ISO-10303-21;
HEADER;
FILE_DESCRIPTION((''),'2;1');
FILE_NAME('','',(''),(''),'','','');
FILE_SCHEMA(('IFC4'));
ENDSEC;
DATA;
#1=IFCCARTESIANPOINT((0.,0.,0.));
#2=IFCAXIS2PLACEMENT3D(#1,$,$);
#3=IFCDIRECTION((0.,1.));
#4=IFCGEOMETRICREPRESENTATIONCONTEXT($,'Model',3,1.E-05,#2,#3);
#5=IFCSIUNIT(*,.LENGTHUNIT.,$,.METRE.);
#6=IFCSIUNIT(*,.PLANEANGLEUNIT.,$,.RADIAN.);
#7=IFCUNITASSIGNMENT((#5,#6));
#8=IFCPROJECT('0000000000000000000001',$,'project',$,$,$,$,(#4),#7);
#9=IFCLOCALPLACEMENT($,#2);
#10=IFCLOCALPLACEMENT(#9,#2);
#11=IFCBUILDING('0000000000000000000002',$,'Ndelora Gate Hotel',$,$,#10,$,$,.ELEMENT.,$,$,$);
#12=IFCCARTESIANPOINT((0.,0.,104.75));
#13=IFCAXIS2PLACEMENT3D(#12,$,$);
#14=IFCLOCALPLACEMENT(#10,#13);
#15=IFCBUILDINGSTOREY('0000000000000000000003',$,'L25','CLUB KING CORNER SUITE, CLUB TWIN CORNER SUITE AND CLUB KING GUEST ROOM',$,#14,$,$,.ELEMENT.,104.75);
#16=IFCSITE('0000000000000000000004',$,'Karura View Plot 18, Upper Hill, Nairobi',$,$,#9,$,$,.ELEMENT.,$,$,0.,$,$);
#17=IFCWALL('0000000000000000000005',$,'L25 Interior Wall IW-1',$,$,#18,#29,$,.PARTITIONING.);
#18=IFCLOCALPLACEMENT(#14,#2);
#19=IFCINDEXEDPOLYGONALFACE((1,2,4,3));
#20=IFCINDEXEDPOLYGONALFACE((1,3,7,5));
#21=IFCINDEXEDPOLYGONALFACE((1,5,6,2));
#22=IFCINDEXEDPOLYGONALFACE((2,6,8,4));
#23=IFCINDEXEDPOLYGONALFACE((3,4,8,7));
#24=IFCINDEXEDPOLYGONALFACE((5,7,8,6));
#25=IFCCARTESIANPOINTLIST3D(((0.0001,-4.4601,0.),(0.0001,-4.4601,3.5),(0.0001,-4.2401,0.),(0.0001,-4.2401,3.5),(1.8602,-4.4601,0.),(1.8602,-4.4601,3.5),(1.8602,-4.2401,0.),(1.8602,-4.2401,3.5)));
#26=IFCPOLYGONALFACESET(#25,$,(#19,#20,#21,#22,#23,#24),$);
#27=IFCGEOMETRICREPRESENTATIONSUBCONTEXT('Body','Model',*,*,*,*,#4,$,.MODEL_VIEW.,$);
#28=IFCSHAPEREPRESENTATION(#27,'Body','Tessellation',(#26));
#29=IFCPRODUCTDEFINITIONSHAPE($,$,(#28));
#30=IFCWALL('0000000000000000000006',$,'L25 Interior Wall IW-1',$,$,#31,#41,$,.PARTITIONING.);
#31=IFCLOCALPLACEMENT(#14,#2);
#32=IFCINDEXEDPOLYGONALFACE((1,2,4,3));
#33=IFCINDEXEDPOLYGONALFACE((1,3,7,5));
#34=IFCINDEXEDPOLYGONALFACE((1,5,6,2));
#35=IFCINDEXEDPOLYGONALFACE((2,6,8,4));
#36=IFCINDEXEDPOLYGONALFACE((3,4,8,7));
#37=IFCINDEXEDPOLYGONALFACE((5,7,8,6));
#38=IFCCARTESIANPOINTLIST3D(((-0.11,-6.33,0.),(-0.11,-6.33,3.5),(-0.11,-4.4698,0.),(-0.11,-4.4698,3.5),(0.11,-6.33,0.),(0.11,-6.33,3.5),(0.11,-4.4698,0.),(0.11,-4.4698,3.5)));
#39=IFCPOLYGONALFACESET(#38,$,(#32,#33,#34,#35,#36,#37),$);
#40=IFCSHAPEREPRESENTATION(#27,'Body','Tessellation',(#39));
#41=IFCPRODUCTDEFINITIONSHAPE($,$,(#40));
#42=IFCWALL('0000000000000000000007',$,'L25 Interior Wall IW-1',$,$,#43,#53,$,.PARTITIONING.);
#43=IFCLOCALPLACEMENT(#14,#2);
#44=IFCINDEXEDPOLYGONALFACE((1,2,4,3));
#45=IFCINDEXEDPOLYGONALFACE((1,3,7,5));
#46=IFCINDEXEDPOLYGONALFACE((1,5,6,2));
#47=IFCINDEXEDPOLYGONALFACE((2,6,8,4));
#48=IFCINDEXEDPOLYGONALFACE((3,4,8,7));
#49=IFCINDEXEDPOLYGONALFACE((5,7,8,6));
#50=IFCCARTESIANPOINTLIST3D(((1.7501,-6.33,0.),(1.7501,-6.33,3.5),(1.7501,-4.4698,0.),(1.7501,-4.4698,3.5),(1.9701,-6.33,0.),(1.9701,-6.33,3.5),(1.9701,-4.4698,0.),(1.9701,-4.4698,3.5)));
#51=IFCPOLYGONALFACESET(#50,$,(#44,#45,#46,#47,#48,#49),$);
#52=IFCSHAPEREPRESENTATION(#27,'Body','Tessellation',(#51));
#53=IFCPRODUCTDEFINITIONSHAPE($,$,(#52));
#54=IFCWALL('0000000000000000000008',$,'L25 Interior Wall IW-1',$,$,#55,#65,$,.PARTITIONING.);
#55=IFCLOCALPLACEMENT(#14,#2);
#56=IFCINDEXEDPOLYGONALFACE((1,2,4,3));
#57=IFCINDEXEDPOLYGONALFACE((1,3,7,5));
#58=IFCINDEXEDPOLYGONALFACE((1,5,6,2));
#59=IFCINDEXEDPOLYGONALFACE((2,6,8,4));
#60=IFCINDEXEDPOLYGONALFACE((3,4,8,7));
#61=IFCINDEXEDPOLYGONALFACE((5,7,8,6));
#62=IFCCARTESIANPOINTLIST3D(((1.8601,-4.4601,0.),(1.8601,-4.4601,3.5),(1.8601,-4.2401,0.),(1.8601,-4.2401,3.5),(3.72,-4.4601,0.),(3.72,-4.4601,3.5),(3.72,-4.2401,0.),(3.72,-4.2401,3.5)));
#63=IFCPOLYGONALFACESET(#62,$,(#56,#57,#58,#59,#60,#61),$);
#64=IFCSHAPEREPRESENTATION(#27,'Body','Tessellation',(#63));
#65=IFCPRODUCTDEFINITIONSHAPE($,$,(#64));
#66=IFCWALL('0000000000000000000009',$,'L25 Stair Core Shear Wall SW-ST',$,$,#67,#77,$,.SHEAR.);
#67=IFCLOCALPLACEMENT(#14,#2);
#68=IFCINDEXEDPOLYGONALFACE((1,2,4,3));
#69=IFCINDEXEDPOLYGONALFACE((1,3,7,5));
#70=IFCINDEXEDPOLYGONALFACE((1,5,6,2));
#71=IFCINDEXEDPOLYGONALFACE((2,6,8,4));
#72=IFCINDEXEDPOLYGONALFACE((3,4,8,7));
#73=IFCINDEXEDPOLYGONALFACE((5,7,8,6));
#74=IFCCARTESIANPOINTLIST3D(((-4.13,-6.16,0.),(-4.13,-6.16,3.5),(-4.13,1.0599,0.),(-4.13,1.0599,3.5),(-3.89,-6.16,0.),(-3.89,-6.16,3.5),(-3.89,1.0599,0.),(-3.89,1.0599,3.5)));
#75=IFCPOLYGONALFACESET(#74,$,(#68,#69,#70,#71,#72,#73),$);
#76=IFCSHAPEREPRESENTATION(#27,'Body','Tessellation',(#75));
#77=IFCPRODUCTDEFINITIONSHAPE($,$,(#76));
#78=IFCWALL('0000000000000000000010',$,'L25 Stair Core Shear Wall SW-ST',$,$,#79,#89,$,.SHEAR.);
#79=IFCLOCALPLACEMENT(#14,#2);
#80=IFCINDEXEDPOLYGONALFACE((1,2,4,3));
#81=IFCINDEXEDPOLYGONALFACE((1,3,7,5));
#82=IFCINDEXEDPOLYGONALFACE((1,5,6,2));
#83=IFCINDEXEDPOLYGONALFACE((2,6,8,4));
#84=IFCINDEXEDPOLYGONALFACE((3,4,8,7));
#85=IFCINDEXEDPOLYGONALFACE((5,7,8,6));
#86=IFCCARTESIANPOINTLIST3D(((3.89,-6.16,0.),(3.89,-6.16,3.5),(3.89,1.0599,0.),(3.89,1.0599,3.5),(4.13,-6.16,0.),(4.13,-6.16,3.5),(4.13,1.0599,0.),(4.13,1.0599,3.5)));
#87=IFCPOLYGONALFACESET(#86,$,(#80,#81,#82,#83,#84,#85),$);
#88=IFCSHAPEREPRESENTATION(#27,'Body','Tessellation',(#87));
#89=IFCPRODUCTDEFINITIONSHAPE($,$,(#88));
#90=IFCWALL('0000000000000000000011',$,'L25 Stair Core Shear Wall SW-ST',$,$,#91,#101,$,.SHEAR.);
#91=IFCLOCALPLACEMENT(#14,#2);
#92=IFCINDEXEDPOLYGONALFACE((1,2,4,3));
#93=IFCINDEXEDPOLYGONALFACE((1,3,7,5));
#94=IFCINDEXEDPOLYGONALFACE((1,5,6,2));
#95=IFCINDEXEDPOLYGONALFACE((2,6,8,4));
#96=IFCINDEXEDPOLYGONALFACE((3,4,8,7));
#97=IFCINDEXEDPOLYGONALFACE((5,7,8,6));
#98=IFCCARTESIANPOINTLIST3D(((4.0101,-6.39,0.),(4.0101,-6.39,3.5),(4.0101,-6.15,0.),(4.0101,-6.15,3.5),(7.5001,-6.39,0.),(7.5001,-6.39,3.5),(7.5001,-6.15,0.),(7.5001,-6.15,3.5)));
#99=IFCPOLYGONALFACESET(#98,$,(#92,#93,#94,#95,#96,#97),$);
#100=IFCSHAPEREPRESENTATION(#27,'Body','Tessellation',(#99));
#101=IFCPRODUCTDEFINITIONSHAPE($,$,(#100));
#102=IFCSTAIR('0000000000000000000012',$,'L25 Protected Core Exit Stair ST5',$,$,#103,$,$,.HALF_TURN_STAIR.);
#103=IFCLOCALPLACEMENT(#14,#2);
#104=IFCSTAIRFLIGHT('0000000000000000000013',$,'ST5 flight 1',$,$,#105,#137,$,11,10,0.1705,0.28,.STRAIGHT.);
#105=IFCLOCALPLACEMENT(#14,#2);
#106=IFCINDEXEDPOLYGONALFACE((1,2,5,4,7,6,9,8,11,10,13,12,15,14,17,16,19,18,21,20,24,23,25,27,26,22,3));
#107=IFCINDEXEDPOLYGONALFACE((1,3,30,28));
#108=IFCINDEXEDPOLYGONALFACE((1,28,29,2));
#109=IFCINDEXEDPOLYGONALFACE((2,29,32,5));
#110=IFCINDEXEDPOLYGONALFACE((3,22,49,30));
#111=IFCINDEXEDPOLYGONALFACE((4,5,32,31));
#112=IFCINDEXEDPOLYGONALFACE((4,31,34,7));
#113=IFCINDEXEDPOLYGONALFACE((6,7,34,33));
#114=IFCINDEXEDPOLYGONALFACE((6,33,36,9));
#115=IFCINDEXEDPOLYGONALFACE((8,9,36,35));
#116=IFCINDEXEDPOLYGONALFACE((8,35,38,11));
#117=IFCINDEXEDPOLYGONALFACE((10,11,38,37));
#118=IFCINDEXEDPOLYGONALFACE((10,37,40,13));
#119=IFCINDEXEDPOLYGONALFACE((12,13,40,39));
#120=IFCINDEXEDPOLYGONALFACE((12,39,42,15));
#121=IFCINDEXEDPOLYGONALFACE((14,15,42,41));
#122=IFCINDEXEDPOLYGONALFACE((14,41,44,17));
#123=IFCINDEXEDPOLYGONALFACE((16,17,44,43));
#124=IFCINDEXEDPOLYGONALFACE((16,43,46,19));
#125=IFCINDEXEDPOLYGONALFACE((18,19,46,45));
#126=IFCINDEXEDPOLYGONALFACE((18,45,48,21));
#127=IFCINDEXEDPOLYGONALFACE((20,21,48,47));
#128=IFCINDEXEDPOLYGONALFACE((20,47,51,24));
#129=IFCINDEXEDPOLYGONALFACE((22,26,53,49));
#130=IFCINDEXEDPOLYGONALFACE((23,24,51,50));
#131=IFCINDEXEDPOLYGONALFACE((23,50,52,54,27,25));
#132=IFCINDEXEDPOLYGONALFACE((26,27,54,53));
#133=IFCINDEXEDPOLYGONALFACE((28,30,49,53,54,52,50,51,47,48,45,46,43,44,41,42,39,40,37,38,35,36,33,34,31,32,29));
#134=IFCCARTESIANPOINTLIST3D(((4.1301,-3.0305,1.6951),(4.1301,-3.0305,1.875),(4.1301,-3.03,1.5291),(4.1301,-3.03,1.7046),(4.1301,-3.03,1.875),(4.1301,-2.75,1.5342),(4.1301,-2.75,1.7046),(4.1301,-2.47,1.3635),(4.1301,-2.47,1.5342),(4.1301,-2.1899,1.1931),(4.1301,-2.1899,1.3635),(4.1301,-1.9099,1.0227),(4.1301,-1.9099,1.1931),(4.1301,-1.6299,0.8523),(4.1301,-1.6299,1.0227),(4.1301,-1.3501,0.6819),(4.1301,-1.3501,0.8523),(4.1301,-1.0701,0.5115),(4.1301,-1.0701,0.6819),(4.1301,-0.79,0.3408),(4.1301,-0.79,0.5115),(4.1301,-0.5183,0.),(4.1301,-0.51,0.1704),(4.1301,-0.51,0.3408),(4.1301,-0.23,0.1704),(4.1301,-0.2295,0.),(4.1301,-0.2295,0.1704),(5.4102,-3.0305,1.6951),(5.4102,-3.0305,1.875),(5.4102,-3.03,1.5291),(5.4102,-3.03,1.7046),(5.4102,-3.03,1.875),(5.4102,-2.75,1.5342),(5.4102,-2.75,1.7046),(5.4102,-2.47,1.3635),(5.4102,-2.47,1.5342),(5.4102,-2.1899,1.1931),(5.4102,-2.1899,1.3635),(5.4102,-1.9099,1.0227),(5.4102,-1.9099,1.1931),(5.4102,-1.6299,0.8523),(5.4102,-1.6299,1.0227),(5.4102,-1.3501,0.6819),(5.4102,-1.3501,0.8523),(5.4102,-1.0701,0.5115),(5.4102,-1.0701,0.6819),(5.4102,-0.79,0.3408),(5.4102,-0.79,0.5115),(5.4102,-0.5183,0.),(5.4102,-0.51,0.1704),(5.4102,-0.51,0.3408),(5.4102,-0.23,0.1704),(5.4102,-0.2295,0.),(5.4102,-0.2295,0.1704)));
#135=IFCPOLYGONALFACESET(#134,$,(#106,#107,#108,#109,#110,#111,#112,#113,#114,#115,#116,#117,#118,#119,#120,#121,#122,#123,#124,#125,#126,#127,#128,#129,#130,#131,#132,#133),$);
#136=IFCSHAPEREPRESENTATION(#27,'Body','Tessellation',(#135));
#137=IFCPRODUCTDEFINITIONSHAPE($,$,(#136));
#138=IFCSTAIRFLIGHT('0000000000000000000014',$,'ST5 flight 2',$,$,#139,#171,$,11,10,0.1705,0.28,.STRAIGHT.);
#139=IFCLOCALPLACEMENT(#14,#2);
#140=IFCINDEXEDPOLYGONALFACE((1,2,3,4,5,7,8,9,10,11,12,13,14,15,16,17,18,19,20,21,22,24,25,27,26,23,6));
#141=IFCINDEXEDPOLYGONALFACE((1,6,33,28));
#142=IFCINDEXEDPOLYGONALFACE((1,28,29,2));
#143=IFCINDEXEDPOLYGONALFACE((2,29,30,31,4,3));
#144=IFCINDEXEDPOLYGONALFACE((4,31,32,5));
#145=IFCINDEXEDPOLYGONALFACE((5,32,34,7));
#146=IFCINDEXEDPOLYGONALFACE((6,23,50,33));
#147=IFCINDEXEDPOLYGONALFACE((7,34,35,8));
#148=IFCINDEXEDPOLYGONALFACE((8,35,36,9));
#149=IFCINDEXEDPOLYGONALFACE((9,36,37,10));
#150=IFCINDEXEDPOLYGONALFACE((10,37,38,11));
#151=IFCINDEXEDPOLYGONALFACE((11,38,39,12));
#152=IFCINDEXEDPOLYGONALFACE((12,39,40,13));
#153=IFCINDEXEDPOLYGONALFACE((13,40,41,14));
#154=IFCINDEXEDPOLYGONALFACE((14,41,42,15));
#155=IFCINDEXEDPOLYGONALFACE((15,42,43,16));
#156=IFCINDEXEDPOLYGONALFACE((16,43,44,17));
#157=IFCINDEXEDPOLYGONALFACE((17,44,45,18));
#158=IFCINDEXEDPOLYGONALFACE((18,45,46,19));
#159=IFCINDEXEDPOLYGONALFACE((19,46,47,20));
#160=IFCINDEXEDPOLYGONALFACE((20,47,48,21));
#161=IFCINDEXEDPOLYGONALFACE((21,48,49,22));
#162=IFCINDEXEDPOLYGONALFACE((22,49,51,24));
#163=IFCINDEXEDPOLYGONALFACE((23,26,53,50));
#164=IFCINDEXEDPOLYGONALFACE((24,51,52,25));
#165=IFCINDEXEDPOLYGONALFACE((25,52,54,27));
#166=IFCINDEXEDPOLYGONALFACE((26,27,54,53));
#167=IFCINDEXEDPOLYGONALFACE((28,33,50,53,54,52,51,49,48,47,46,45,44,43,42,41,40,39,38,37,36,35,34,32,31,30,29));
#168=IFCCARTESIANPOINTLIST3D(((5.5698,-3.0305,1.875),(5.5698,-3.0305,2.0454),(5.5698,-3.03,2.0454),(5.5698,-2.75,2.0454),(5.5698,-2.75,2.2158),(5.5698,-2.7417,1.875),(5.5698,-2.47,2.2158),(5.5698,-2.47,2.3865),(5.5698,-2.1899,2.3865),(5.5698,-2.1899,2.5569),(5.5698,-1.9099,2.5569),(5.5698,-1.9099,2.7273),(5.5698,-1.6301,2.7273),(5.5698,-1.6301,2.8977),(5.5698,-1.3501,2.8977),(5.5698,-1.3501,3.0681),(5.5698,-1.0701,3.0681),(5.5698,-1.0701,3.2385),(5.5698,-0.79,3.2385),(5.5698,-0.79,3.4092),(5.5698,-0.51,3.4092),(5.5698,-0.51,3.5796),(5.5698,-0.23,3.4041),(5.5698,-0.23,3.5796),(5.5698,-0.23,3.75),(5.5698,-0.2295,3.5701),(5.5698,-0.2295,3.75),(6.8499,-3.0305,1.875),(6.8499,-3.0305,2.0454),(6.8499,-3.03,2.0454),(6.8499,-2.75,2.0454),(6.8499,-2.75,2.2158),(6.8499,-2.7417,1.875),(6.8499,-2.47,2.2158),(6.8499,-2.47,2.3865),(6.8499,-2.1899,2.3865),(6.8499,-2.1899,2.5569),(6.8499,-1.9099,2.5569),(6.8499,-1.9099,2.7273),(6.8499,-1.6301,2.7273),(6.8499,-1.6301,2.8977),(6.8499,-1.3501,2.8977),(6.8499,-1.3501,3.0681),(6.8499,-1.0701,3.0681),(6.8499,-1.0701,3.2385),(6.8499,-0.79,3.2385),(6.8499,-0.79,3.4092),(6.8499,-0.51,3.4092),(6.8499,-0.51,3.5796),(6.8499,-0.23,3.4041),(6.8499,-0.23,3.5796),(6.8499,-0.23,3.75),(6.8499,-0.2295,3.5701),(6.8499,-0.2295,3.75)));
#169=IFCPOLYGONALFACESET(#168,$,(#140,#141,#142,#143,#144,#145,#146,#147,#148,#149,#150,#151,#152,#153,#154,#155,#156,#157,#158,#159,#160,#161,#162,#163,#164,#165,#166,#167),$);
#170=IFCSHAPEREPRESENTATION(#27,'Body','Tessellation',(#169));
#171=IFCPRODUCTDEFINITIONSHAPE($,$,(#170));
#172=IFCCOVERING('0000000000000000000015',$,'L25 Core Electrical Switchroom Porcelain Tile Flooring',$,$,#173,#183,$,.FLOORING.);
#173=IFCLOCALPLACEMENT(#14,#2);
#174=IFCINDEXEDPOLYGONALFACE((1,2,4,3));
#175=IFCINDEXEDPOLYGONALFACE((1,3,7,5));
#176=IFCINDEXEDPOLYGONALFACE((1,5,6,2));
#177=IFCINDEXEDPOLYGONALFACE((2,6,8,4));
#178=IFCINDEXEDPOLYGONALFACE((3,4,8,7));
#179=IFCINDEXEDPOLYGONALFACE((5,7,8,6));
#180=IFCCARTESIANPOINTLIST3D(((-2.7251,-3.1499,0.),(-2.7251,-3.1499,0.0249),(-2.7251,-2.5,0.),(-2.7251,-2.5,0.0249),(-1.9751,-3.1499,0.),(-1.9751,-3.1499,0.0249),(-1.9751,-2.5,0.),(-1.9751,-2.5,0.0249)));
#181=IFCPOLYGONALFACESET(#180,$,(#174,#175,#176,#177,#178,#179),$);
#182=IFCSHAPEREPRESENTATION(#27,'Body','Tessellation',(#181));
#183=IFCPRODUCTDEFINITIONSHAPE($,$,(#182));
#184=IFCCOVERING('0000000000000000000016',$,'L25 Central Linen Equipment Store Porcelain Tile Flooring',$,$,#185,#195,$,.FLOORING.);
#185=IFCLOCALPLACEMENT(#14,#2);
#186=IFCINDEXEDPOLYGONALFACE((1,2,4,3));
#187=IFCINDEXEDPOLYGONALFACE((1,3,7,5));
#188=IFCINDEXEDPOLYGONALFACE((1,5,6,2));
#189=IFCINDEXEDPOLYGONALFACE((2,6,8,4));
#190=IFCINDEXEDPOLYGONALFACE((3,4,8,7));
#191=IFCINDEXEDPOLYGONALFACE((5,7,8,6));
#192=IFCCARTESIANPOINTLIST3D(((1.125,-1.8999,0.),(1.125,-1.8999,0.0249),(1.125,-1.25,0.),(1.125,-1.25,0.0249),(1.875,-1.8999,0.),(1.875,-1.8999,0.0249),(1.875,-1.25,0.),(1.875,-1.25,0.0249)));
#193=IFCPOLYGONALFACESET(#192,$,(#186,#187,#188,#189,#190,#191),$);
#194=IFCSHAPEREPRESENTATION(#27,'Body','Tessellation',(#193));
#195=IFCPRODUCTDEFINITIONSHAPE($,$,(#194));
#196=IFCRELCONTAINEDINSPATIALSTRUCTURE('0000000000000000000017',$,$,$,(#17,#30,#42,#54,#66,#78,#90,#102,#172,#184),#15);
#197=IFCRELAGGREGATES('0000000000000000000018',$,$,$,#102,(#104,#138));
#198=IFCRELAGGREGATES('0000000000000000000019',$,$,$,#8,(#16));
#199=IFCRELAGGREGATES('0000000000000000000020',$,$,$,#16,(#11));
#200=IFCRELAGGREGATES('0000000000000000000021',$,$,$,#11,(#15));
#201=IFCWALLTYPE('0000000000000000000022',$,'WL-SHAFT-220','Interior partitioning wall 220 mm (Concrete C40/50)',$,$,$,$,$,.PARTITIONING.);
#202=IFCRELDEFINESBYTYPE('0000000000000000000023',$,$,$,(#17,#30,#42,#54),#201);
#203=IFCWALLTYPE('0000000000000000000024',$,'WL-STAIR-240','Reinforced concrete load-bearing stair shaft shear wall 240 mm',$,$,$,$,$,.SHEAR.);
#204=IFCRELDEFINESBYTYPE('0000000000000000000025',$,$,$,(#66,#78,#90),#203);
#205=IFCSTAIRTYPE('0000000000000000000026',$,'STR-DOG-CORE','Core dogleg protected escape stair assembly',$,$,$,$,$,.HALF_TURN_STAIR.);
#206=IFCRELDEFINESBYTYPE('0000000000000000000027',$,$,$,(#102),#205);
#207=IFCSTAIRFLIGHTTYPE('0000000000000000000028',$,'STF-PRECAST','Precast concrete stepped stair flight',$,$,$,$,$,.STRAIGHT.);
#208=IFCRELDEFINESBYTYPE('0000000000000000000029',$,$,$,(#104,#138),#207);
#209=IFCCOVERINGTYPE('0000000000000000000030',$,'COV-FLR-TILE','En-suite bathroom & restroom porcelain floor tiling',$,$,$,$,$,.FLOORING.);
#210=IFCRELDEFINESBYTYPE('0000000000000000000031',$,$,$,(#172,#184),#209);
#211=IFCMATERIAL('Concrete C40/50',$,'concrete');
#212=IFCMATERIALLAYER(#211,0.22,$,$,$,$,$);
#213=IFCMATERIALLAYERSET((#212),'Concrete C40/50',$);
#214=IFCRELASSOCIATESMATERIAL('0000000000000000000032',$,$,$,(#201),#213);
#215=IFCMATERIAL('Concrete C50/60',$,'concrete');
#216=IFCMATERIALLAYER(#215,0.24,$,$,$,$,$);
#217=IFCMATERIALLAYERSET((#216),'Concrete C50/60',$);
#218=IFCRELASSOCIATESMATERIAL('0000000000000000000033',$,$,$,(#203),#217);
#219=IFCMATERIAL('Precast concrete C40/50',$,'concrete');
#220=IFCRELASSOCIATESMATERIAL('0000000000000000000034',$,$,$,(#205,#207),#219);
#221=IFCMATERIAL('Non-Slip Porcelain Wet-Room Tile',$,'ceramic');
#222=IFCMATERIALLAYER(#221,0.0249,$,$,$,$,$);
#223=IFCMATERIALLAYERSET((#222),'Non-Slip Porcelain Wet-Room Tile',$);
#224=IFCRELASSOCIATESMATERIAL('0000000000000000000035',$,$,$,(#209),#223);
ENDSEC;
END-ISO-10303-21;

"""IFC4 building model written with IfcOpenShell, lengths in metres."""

from ifc_helpers import new_model, si_unit, direction, frame, frame_2d, origin, origin_2d, place, context, subcontext, project, spatial, polyline, rectangle, outline, extrude, material, layer, layer_set, type_object, element, aggregate, save


model = new_model("IFC4")

# Units and contexts
model_context = context("Model", 3, precision=1e-05, world=origin(), true_north=direction((0.0, 1.0)))
body_context = subcontext(model_context, "Body", "Model", "MODEL_VIEW")
ifc_project = project(units=[si_unit("LENGTHUNIT", "METRE"), si_unit("PLANEANGLEUNIT", "RADIAN")], contexts=[model_context])

# Site, building, storey
site_placement = place(None, origin())
site = spatial("IfcSite", under=ifc_project, at=site_placement, Name="Karura View Plot 18, Upper Hill, Nairobi", CompositionType="ELEMENT", RefElevation=0.0)
building_placement = place(site_placement, origin())
building = spatial("IfcBuilding", under=site, at=building_placement, Name="Ndelora Gate Hotel", CompositionType="ELEMENT")
storey_placement = place(building_placement, frame((0.0, 0.0, 104.75)))
storey = spatial("IfcBuildingStorey", under=building, at=storey_placement, Name="L25", Description="CLUB KING CORNER SUITE, CLUB TWIN CORNER SUITE AND CLUB KING GUEST ROOM", CompositionType="ELEMENT", Elevation=104.75)

# Walls
ifc_material_1 = material(Name="Concrete C40/50", Category="concrete")
ifc_layer_1 = layer(ifc_material_1, 0.22)
ifc_layer_set_1 = layer_set([ifc_layer_1], Name="Concrete C40/50")
wall_type_1 = type_object("IfcWallType", Name="WL-SHAFT-220", Description="Interior partitioning wall 220 mm (Concrete C40/50)", PredefinedType="PARTITIONING", material=ifc_layer_set_1)
for number, where, z_axis, x_axis, name in (
    (1, (0.0, -4.3501, 0.0), (0.0, 0.0, 1.0), (1.0, 0.0, 0.0), "L25 Interior Wall IW-1"),
    (2, (0.0, -6.3301, 0.0), (0.0, 0.0, 1.0), (0.0, 1.0, 0.0), "L25 Interior Wall IW-1"),
    (3, (1.8601, -6.3301, 0.0), (0.0, 0.0, 1.0), (0.0, 1.0, 0.0), "L25 Interior Wall IW-1"),
):
    element("IfcWall", number, at=place(storey_placement, frame(where, z_axis=z_axis, x_axis=x_axis)), inside=storey, type_object=wall_type_1, Name=name, PredefinedType="PARTITIONING", context=body_context, shape_type="SweptSolid", body=[
        extrude(rectangle(XDim=1.8601, YDim=0.22, at=frame_2d((0.9302, 0.0))), origin(), (0.0, 0.0, 1.0), 3.5),
    ])

# Walls
wall_1_placement = place(storey_placement, frame((1.8601, -4.3501, 0.0), z_axis=(0.0, 0.0, 1.0), x_axis=(1.0, 0.0, 0.0)))
element("IfcWall", 4, at=wall_1_placement, inside=storey, type_object=wall_type_1, Name="L25 Interior Wall IW-1", PredefinedType="PARTITIONING", context=body_context, shape_type="SweptSolid", body=[
    extrude(rectangle(XDim=1.8599, YDim=0.22, at=frame_2d((0.9299, 0.0))), origin(), (0.0, 0.0, 1.0), 3.5),
])
ifc_material_2 = material(Name="Concrete C50/60", Category="concrete")
ifc_layer_2 = layer(ifc_material_2, 0.24)
ifc_layer_set_2 = layer_set([ifc_layer_2], Name="Concrete C50/60")
wall_type_2 = type_object("IfcWallType", Name="WL-STAIR-240", Description="Reinforced concrete load-bearing stair shaft shear wall 240 mm", PredefinedType="SHEAR", material=ifc_layer_set_2)
for number, where, z_axis, x_axis, name in (
    (5, (-4.01, -6.1599, 0.0), (0.0, 0.0, 1.0), (0.0, 1.0, 0.0), "L25 Stair Core Shear Wall SW-ST"),
    (6, (4.01, -6.1599, 0.0), (0.0, 0.0, 1.0), (0.0, 1.0, 0.0), "L25 Stair Core Shear Wall SW-ST"),
):
    element("IfcWall", number, at=place(storey_placement, frame(where, z_axis=z_axis, x_axis=x_axis)), inside=storey, type_object=wall_type_2, Name=name, PredefinedType="SHEAR", context=body_context, shape_type="SweptSolid", body=[
        extrude(rectangle(XDim=7.22, YDim=0.24, at=frame_2d((3.6099, 0.0))), origin(), (0.0, 0.0, 1.0), 3.5),
    ])
wall_2_placement = place(storey_placement, frame((4.01, -6.27, 0.0), z_axis=(0.0, 0.0, 1.0), x_axis=(1.0, 0.0, 0.0)))
element("IfcWall", 7, at=wall_2_placement, inside=storey, type_object=wall_type_2, Name="L25 Stair Core Shear Wall SW-ST", PredefinedType="SHEAR", context=body_context, shape_type="SweptSolid", body=[
    extrude(rectangle(XDim=3.49, YDim=0.24, at=frame_2d((1.7451, 0.0))), origin(), (0.0, 0.0, 1.0), 3.5),
])

# Stair, stair flights
ifc_material_3 = material(Name="Precast concrete C40/50", Category="concrete")
stair_type = type_object("IfcStairType", Name="STR-DOG-CORE", Description="Core dogleg protected escape stair assembly", PredefinedType="HALF_TURN_STAIR", material=ifc_material_3)
stair_placement = place(storey_placement, origin())
stair = element("IfcStair", 8, at=stair_placement, inside=storey, type_object=stair_type, Name="L25 Protected Core Exit Stair ST5", PredefinedType="HALF_TURN_STAIR")
stair_flight_type = type_object("IfcStairFlightType", Name="STF-PRECAST", Description="Precast concrete stepped stair flight", PredefinedType="STRAIGHT", material=ifc_material_3)
stair_flight_1_placement = place(storey_placement, frame((4.77, -0.23, 0.0), z_axis=(0.0, 0.0, 1.0), x_axis=(0.0, -1.0, 0.0)))
stair_flight_1 = element("IfcStairFlight", 9, at=stair_flight_1_placement, type_object=stair_flight_type, Name="ST5 flight 1", NumberOfRisers=11, NumberOfTreads=10, PredefinedType="STRAIGHT", RiserHeight=0.1705, TreadLength=0.28, context=body_context, shape_type="SweptSolid", body=[
    extrude(outline(polyline([(-0.0005, 0.0), (-0.0005, 0.1704), (0.0, 0.1704), (0.28, 0.1704), (0.28, 0.3408), (0.5601, 0.3408), (0.5601, 0.5115), (0.8401, 0.5115), (0.8401, 0.6819), (1.1201, 0.6819), (1.1201, 0.8523), (1.3999, 0.8523), (1.3999, 1.0227), (1.6799, 1.0227), (1.6799, 1.1931), (1.96, 1.1931), (1.96, 1.3635), (2.24, 1.3635), (2.24, 1.5342), (2.52, 1.5342), (2.52, 1.7046), (2.8, 1.7046), (2.8, 1.875), (2.8005, 1.875), (2.8005, 1.6951), (2.8, 1.5291), (0.2883, 0.0), (-0.0005, 0.0)])), frame((0.0, 0.6401, 0.0), z_axis=(0.0, -1.0, 0.0), x_axis=(1.0, 0.0, 0.0)), (0.0, 0.0, 1.0), 1.28),
])
stair_flight_2_placement = place(storey_placement, frame((6.21, -3.03, 1.875), z_axis=(0.0, 0.0, 1.0), x_axis=(0.0, 1.0, 0.0)))
stair_flight_2 = element("IfcStairFlight", 10, at=stair_flight_2_placement, type_object=stair_flight_type, Name="ST5 flight 2", NumberOfRisers=11, NumberOfTreads=10, PredefinedType="STRAIGHT", RiserHeight=0.1705, TreadLength=0.28, context=body_context, shape_type="SweptSolid", body=[
    extrude(outline(polyline([(-0.0005, 0.0), (-0.0005, 0.1704), (0.0, 0.1704), (0.28, 0.1704), (0.28, 0.3408), (0.5601, 0.3408), (0.5601, 0.5115), (0.8401, 0.5115), (0.8401, 0.6819), (1.1201, 0.6819), (1.1201, 0.8523), (1.3999, 0.8523), (1.3999, 1.0227), (1.6799, 1.0227), (1.6799, 1.1931), (1.96, 1.1931), (1.96, 1.3635), (2.24, 1.3635), (2.24, 1.5342), (2.52, 1.5342), (2.52, 1.7046), (2.8, 1.7046), (2.8, 1.875), (2.8005, 1.875), (2.8005, 1.6951), (2.8, 1.5291), (0.2883, 0.0), (-0.0005, 0.0)])), frame((0.0, 0.6401, 0.0), z_axis=(0.0, -1.0, 0.0), x_axis=(1.0, 0.0, 0.0)), (0.0, 0.0, 1.0), 1.28),
])
aggregate(stair, [stair_flight_1, stair_flight_2])

# Coverings
ifc_material_4 = material(Name="Non-Slip Porcelain Wet-Room Tile", Category="ceramic")
ifc_layer_3 = layer(ifc_material_4, 0.0249)
ifc_layer_set_3 = layer_set([ifc_layer_3], Name="Non-Slip Porcelain Wet-Room Tile")
covering_type = type_object("IfcCoveringType", Name="COV-FLR-TILE", Description="En-suite bathroom & restroom porcelain floor tiling", PredefinedType="FLOORING", material=ifc_layer_set_3)
for number, where, z_axis, x_axis, name in (
    (11, (-2.3501, -2.825, 0.0), (0.0, 0.0, 1.0), (1.0, 0.0, 0.0), "L25 Core Electrical Switchroom Porcelain Tile Flooring"),
    (12, (1.5, -1.575, 0.0), (0.0, 0.0, 1.0), (1.0, 0.0, 0.0), "L25 Central Linen Equipment Store Porcelain Tile Flooring"),
):
    element("IfcCovering", number, at=place(storey_placement, frame(where, z_axis=z_axis, x_axis=x_axis)), inside=storey, type_object=covering_type, Name=name, PredefinedType="FLOORING", context=body_context, shape_type="SweptSolid", body=[
        extrude(rectangle(XDim=0.75, YDim=0.6499, at=origin_2d()), origin(), (0.0, 0.0, 1.0), 0.0249),
    ])

save(model, "model.ifc")
